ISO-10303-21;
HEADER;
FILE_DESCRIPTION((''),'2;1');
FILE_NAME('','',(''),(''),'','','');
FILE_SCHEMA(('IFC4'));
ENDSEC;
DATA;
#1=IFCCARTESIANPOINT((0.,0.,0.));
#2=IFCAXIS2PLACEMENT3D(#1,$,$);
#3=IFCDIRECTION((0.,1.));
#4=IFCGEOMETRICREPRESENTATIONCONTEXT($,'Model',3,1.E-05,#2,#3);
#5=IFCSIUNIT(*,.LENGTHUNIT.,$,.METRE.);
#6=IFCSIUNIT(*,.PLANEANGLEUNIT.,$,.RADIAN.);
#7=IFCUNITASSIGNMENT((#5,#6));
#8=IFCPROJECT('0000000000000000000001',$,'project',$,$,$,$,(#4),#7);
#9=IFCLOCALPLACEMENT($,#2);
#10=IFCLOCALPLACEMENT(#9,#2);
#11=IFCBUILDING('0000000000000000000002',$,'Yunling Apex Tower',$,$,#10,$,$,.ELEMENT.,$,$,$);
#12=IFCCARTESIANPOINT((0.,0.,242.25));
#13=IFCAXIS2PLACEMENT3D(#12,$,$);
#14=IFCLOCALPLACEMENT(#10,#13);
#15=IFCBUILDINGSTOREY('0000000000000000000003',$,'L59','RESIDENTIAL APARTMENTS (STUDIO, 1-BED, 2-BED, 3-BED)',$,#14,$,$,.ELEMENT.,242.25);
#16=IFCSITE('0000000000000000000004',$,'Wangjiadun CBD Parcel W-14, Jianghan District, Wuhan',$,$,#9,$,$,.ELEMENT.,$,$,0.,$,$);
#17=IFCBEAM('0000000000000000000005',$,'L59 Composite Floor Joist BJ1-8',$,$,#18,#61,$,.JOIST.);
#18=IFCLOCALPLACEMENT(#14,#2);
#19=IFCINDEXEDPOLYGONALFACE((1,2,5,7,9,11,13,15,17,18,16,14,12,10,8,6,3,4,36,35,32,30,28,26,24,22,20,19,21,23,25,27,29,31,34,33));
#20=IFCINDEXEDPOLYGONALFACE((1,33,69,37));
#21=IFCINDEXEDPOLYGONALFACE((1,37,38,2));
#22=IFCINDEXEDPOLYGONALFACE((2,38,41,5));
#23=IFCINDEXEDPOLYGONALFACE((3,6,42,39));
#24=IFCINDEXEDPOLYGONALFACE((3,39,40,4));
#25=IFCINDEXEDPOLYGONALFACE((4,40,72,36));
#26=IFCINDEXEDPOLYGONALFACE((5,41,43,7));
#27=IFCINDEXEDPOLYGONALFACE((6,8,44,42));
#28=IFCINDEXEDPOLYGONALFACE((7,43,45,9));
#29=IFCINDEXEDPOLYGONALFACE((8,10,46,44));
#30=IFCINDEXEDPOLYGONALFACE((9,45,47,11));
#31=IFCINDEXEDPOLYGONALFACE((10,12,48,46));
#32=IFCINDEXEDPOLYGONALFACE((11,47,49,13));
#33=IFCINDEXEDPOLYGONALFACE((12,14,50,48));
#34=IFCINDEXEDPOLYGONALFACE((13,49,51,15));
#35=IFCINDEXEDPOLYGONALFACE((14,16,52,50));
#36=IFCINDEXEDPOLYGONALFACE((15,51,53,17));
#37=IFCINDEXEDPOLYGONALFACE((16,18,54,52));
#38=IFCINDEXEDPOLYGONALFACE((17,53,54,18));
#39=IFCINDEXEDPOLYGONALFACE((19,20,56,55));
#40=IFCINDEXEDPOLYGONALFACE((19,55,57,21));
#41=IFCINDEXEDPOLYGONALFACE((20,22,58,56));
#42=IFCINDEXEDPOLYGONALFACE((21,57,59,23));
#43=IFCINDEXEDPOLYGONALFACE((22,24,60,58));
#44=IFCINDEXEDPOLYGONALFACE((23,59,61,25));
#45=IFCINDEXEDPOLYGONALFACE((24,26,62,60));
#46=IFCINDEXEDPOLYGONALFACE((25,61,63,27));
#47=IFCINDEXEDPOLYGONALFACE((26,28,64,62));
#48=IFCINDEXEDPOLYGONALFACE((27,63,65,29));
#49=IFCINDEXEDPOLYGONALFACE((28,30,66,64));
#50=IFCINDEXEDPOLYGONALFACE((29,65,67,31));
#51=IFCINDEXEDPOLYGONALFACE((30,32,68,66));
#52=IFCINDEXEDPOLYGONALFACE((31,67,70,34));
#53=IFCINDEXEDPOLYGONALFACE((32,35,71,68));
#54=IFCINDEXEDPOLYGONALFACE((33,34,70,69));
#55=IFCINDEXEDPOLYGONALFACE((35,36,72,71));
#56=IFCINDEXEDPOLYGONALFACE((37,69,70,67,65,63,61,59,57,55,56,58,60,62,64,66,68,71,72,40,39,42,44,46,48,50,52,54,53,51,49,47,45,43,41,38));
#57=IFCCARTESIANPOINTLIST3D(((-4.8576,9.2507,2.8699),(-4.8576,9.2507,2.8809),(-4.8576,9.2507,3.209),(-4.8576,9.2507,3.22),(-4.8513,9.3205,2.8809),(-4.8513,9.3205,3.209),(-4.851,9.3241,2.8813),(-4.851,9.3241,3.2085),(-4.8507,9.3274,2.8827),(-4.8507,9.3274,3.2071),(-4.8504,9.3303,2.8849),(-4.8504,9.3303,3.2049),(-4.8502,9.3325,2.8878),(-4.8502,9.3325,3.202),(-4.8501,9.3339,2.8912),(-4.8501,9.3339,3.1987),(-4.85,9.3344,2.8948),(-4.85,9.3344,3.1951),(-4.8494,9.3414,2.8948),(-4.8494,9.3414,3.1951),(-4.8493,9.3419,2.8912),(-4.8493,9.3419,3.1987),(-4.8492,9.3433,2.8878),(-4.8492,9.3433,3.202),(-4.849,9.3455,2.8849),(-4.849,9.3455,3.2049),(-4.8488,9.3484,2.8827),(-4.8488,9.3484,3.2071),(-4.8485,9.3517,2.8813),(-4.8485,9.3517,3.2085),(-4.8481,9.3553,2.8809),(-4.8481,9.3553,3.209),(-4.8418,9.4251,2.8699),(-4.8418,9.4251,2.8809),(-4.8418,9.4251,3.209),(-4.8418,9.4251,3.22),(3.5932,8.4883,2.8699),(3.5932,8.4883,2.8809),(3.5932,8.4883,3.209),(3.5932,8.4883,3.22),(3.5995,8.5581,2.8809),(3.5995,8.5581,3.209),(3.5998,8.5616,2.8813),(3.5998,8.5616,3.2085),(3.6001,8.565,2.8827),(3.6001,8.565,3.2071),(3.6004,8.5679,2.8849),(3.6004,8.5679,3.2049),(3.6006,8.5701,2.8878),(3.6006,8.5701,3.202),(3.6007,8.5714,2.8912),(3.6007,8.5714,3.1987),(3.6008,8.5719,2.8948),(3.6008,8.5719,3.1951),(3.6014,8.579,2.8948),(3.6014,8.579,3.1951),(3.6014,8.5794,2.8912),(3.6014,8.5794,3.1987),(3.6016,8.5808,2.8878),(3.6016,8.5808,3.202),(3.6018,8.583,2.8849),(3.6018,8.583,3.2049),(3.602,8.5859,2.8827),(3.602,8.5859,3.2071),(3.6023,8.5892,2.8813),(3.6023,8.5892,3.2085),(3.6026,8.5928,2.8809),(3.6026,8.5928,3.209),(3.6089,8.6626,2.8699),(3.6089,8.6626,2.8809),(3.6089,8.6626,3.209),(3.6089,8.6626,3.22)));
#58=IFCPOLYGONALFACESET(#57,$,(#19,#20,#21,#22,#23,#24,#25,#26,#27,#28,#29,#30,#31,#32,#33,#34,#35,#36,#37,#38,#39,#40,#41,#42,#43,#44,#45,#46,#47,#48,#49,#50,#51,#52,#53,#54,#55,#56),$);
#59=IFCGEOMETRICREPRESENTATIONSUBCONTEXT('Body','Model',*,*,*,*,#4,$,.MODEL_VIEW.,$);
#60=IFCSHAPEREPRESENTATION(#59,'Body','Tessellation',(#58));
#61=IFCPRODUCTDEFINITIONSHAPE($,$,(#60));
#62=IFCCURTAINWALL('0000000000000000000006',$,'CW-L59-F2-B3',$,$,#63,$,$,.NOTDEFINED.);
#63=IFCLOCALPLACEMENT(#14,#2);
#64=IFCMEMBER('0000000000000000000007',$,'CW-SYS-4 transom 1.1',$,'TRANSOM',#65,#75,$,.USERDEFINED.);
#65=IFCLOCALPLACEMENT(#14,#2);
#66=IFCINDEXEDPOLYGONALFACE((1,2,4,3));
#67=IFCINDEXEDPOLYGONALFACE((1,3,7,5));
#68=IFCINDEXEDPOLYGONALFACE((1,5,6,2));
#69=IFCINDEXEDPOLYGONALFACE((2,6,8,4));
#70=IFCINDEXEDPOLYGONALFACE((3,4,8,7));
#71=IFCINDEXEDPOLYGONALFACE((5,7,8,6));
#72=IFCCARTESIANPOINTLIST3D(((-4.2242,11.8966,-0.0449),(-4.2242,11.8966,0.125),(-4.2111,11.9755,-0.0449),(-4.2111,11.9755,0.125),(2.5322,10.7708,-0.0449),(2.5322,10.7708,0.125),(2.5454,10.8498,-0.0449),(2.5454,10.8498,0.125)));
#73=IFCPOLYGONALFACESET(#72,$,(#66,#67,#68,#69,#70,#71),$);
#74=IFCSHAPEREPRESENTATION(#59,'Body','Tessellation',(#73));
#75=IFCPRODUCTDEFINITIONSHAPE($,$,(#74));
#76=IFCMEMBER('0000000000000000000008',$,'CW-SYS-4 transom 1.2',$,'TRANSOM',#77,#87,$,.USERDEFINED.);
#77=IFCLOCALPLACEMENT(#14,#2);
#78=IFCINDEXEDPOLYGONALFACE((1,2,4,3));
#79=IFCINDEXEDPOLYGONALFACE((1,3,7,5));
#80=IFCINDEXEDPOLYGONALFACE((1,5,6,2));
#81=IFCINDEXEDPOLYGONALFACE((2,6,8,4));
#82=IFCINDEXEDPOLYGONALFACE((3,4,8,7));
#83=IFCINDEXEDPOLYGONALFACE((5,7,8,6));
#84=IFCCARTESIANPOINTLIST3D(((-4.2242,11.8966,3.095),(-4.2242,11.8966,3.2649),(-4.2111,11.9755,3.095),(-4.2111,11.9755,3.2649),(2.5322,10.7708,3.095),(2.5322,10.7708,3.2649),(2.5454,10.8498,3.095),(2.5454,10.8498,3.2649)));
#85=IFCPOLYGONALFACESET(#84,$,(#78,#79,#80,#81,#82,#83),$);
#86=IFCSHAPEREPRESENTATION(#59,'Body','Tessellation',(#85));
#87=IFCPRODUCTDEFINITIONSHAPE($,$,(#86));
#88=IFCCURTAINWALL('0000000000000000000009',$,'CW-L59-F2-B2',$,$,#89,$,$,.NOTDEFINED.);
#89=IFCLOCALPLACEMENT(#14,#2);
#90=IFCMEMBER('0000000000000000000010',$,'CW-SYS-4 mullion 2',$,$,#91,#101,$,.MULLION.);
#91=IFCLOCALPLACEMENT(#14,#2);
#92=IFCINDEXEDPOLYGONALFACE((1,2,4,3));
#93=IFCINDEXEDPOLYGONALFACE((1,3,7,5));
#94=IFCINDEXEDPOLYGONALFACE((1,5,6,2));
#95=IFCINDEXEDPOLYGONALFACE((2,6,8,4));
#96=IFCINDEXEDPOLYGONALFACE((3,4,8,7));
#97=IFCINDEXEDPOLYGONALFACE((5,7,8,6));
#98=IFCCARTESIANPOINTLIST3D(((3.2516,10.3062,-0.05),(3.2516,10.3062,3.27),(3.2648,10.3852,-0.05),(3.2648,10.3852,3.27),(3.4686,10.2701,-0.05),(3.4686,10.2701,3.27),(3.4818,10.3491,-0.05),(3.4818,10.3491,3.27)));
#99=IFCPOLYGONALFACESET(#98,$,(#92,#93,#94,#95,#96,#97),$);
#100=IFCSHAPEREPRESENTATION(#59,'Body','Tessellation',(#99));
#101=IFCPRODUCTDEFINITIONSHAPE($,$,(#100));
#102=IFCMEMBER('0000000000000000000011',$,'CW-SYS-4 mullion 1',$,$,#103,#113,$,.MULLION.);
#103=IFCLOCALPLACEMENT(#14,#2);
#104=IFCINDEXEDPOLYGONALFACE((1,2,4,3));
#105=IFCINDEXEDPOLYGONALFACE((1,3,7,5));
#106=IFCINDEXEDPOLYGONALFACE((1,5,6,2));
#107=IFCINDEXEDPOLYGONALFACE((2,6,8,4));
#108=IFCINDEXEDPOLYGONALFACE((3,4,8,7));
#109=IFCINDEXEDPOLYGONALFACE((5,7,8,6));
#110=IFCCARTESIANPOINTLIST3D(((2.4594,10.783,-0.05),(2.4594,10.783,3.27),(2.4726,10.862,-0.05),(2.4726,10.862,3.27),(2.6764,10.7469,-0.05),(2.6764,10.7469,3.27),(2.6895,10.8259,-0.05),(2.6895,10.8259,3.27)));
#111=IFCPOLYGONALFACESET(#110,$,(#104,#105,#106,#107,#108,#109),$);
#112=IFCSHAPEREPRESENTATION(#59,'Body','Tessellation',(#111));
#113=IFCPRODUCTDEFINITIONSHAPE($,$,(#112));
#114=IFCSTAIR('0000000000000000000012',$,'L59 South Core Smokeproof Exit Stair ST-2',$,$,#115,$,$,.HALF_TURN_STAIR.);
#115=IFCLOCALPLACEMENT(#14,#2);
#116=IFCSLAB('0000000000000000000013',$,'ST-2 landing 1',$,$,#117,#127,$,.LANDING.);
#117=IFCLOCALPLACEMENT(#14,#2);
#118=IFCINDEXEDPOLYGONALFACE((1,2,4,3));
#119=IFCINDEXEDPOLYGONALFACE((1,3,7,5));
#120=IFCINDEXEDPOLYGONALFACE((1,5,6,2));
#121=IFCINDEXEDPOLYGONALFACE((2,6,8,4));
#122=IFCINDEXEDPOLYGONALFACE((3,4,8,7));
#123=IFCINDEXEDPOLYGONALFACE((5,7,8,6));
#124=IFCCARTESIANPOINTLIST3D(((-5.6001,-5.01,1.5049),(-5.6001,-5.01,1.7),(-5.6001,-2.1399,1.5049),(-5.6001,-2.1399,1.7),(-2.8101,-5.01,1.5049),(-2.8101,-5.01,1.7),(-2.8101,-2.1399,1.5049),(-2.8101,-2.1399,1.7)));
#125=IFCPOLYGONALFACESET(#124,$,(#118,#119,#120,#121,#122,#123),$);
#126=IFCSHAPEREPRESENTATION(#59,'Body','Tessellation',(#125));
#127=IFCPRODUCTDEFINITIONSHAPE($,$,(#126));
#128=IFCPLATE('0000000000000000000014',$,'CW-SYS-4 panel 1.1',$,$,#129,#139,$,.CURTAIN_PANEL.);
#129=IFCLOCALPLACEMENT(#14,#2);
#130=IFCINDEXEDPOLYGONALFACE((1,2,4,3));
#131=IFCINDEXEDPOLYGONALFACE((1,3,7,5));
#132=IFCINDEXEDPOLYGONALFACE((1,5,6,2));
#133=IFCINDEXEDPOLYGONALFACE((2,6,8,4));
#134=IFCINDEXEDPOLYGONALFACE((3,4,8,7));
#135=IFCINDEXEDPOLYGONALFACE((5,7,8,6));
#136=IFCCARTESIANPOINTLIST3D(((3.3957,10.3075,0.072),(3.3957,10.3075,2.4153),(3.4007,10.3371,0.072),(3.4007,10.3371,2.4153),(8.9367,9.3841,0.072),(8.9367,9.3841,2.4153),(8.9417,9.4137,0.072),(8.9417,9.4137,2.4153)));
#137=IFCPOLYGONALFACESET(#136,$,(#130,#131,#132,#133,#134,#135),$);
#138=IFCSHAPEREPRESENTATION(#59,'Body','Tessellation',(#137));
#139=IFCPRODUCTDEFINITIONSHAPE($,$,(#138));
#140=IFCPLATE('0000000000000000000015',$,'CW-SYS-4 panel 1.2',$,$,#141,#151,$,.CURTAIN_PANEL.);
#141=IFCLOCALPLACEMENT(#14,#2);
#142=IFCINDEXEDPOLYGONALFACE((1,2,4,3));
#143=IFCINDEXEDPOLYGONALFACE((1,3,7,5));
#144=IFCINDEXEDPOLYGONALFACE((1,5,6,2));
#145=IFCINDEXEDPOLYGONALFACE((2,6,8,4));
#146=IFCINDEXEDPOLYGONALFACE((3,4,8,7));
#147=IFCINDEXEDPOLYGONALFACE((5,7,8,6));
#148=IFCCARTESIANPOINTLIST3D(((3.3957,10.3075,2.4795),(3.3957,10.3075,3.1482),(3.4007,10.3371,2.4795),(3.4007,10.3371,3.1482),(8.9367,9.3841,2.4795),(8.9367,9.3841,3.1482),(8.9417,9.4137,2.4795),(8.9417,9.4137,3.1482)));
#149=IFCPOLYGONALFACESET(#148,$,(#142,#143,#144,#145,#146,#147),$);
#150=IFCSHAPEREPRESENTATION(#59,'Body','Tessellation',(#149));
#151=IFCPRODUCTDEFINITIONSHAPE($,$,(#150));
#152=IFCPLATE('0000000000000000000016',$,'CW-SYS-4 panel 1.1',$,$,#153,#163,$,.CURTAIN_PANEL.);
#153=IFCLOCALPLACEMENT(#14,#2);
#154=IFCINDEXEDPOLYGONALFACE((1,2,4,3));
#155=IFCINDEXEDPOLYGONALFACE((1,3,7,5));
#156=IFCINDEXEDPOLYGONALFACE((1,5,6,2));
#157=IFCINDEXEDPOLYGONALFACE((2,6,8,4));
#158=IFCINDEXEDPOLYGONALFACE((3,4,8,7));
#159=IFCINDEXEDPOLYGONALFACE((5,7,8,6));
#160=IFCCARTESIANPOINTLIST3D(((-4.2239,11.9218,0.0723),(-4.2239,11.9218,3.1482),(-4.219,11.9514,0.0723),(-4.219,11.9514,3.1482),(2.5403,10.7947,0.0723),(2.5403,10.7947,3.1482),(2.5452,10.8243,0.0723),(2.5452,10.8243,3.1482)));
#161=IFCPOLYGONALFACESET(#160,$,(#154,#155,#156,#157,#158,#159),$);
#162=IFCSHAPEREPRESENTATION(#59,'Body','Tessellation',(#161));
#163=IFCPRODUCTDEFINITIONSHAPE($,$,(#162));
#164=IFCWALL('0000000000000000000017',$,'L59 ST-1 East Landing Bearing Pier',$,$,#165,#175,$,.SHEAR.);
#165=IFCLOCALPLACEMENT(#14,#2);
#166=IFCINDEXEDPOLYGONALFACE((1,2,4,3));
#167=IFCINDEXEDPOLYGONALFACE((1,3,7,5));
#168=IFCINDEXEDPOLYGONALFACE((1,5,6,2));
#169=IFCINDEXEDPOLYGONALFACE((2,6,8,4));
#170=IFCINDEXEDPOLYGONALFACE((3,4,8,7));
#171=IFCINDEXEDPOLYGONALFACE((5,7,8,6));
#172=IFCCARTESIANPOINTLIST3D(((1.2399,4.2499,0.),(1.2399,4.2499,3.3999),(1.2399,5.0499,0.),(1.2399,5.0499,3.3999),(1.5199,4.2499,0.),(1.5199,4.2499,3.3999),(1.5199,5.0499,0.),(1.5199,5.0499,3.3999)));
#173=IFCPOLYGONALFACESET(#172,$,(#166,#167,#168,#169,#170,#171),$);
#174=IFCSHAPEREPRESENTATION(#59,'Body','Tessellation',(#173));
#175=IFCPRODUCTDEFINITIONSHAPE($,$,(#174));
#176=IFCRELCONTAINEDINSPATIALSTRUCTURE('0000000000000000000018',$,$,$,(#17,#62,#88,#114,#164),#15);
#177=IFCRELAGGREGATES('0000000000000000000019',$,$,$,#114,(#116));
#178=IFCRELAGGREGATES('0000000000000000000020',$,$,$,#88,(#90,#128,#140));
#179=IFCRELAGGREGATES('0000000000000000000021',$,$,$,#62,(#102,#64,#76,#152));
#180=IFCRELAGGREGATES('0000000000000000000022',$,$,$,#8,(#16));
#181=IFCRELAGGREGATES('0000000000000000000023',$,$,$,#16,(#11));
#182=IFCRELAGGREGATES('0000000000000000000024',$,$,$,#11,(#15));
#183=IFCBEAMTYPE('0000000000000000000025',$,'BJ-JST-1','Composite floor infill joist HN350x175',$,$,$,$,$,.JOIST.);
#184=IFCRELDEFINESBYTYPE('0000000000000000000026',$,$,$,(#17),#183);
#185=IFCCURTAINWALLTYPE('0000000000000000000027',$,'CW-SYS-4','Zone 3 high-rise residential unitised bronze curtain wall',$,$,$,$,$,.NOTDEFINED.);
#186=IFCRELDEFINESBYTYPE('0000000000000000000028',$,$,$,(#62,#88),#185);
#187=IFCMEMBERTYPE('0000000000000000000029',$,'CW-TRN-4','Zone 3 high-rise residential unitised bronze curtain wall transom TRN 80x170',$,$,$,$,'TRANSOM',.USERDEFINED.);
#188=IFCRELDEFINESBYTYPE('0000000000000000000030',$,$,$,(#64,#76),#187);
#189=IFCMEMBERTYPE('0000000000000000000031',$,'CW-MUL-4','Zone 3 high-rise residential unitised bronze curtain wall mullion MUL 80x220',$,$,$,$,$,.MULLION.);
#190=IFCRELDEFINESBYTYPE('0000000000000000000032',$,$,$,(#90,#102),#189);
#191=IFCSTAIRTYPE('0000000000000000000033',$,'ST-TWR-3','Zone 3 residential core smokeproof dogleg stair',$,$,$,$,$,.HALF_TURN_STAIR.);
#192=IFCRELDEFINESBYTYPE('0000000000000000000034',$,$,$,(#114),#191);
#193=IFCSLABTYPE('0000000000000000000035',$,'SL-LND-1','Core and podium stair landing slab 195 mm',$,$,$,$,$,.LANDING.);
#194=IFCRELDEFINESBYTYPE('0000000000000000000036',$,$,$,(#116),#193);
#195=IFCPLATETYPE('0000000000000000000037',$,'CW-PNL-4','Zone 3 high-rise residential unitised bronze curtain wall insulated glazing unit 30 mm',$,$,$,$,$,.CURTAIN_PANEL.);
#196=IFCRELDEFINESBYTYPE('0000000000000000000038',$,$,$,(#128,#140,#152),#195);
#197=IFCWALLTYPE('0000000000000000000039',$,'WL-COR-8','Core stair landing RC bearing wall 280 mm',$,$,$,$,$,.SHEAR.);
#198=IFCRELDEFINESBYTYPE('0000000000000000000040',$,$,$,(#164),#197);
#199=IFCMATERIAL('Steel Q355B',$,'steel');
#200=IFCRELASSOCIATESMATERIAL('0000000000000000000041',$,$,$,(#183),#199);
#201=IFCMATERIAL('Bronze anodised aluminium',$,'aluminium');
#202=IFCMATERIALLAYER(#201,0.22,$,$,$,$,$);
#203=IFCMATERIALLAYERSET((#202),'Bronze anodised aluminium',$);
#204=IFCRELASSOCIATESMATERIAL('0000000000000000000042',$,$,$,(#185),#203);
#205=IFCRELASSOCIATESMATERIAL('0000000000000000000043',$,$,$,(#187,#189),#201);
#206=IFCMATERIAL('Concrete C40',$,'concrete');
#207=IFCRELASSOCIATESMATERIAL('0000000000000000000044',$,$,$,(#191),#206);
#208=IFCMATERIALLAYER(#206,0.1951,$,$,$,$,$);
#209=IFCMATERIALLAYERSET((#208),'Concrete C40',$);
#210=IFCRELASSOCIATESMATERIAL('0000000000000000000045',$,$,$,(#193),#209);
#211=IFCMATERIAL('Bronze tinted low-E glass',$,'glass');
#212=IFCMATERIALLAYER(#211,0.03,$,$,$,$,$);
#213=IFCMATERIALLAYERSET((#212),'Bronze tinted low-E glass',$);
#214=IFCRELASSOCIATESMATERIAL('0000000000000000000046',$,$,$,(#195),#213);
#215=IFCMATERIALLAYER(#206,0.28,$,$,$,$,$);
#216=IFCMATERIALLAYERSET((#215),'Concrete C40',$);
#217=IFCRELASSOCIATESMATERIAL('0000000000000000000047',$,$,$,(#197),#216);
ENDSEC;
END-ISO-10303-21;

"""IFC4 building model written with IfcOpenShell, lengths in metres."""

from ifc_helpers import new_model, si_unit, direction, frame, frame_2d, origin, origin_2d, place, context, subcontext, project, spatial, polyline, rectangle, i_section, outline, extrude, source, transform, mapped, material, layer, layer_set, material_profile, profile_set, type_object, element, aggregate, save


model = new_model("IFC4")

# Units and contexts
model_context = context("Model", 3, precision=1e-05, world=origin(), true_north=direction((0.0, 1.0)))
body_context = subcontext(model_context, "Body", "Model", "MODEL_VIEW")
ifc_project = project(units=[si_unit("LENGTHUNIT", "METRE"), si_unit("PLANEANGLEUNIT", "RADIAN")], contexts=[model_context])

# Site, building, storey
site_placement = place(None, origin())
site = spatial("IfcSite", under=ifc_project, at=site_placement, Name="Wangjiadun CBD Parcel W-14, Jianghan District, Wuhan", CompositionType="ELEMENT", RefElevation=0.0)
building_placement = place(site_placement, origin())
building = spatial("IfcBuilding", under=site, at=building_placement, Name="Yunling Apex Tower", CompositionType="ELEMENT")
storey_placement = place(building_placement, frame((0.0, 0.0, 242.25)))
storey = spatial("IfcBuildingStorey", under=building, at=storey_placement, Name="L59", Description="RESIDENTIAL APARTMENTS (STUDIO, 1-BED, 2-BED, 3-BED)", CompositionType="ELEMENT", Elevation=242.25)

# Beam
ifc_material_1 = material(Name="Steel Q355B", Category="steel")
ifc_material_profile_1 = material_profile(ifc_material_1, i_section(OverallWidth=0.175, OverallDepth=0.3501, WebThickness=0.0071, FlangeThickness=0.011, FilletRadius=0.0139, at=origin_2d()))
ifc_profile_set_1 = profile_set([ifc_material_profile_1], Name="Steel Q355B")
beam_type_1 = type_object("IfcBeamType", Name="BJ-JST-1", Description="Composite floor infill joist HN350x175", PredefinedType="JOIST", material=ifc_profile_set_1)
shared_shape_1 = source(origin(), body_context, "Body", "SweptSolid", [
    extrude(i_section(OverallWidth=0.175, OverallDepth=0.3501, WebThickness=0.0071, FlangeThickness=0.011, FilletRadius=0.0139, at=origin_2d()), origin(), (0.0, 0.0, 1.0), 8.4851),
])
beam_1_placement = place(storey_placement, frame((3.6011, 8.5754, 3.0449), z_axis=(-0.995955, 0.089859, 0.0), x_axis=(-0.089859, -0.995955, 0.0)))
element("IfcBeam", 1, at=beam_1_placement, inside=storey, type_object=beam_type_1, Name="L59 Composite Floor Joist BJ1-8", PredefinedType="JOIST", context=body_context, shape_type="MappedRepresentation", body=[
    mapped(shared_shape_1, transform((0.0, 0.0, 0.0), scale=1.0)),
])

# Curtain wall, members
ifc_material_2 = material(Name="Bronze anodised aluminium", Category="aluminium")
ifc_layer_1 = layer(ifc_material_2, 0.22)
ifc_layer_set_1 = layer_set([ifc_layer_1], Name="Bronze anodised aluminium")
curtain_wall_type = type_object("IfcCurtainWallType", Name="CW-SYS-4", Description="Zone 3 high-rise residential unitised bronze curtain wall", PredefinedType="NOTDEFINED", material=ifc_layer_set_1)
curtain_wall_1_placement = place(storey_placement, origin())
curtain_wall_1 = element("IfcCurtainWall", 2, at=curtain_wall_1_placement, inside=storey, type_object=curtain_wall_type, Name="CW-L59-F2-B3", PredefinedType="NOTDEFINED")
ifc_material_profile_2 = material_profile(ifc_material_2, rectangle(XDim=0.0801, YDim=0.1699, at=origin_2d()))
ifc_profile_set_2 = profile_set([ifc_material_profile_2], Name="Bronze anodised aluminium")
member_type_1 = type_object("IfcMemberType", Name="CW-TRN-4", Description="Zone 3 high-rise residential unitised bronze curtain wall transom TRN 80x170", ElementType="TRANSOM", PredefinedType="USERDEFINED", material=ifc_profile_set_2)
shared_shape_2 = source(origin(), body_context, "Body", "SweptSolid", [
    extrude(rectangle(XDim=0.0801, YDim=0.1699, at=origin_2d()), origin(), (0.0, 0.0, 1.0), 6.8496),
])
member_1_placement = place(storey_placement, frame((2.5388, 10.8103, 0.04), z_axis=(-0.986402, 0.164353, 0.0), x_axis=(-0.164353, -0.986402, 0.0)))
member_1 = element("IfcMember", 3, at=member_1_placement, type_object=member_type_1, Name="CW-SYS-4 transom 1.1", ObjectType="TRANSOM", PredefinedType="USERDEFINED", context=body_context, shape_type="MappedRepresentation", body=[
    mapped(shared_shape_2, transform((0.0, 0.0, 0.0), scale=1.0)),
])
member_2_placement = place(storey_placement, frame((2.5388, 10.8103, 3.1799), z_axis=(-0.986402, 0.164353, 0.0), x_axis=(-0.164353, -0.986402, 0.0)))
member_2 = element("IfcMember", 4, at=member_2_placement, type_object=member_type_1, Name="CW-SYS-4 transom 1.2", ObjectType="TRANSOM", PredefinedType="USERDEFINED", context=body_context, shape_type="MappedRepresentation", body=[
    mapped(shared_shape_2, transform((0.0, 0.0, 0.0), scale=1.0)),
])

# Curtain wall, member
curtain_wall_2_placement = place(storey_placement, origin())
curtain_wall_2 = element("IfcCurtainWall", 5, at=curtain_wall_2_placement, inside=storey, type_object=curtain_wall_type, Name="CW-L59-F2-B2", PredefinedType="NOTDEFINED")
ifc_material_profile_3 = material_profile(ifc_material_2, rectangle(XDim=0.0801, YDim=0.22, at=origin_2d()))
ifc_profile_set_3 = profile_set([ifc_material_profile_3], Name="Bronze anodised aluminium")
member_type_2 = type_object("IfcMemberType", Name="CW-MUL-4", Description="Zone 3 high-rise residential unitised bronze curtain wall mullion MUL 80x220", PredefinedType="MULLION", material=ifc_profile_set_3)
shared_shape_3 = source(origin(), body_context, "Body", "SweptSolid", [
    extrude(rectangle(XDim=0.0801, YDim=0.22, at=origin_2d()), origin(), (0.0, 0.0, 1.0), 3.3201),
])
member_3_placement = place(storey_placement, frame((3.3667, 10.3276, -0.05), z_axis=(0.0, 0.0, 1.0), x_axis=(-0.164371, -0.986399, 0.0)))
member_3 = element("IfcMember", 6, at=member_3_placement, type_object=member_type_2, Name="CW-SYS-4 mullion 2", PredefinedType="MULLION", context=body_context, shape_type="MappedRepresentation", body=[
    mapped(shared_shape_3, transform((0.0, 0.0, 0.0), scale=1.0)),
])

# Member
member_4_placement = place(storey_placement, frame((2.5745, 10.8044, -0.05), z_axis=(0.0, 0.0, 1.0), x_axis=(-0.164353, -0.986402, 0.0)))
member_4 = element("IfcMember", 7, at=member_4_placement, type_object=member_type_2, Name="CW-SYS-4 mullion 1", PredefinedType="MULLION", context=body_context, shape_type="MappedRepresentation", body=[
    mapped(shared_shape_3, transform((0.0, 0.0, 0.0), scale=1.0)),
])

# Stair, slab
ifc_material_3 = material(Name="Concrete C40", Category="concrete")
stair_type = type_object("IfcStairType", Name="ST-TWR-3", Description="Zone 3 residential core smokeproof dogleg stair", PredefinedType="HALF_TURN_STAIR", material=ifc_material_3)
stair_1_placement = place(storey_placement, origin())
stair_1 = element("IfcStair", 8, at=stair_1_placement, inside=storey, type_object=stair_type, Name="L59 South Core Smokeproof Exit Stair ST-2", PredefinedType="HALF_TURN_STAIR")
ifc_layer_2 = layer(ifc_material_3, 0.1951)
ifc_layer_set_2 = layer_set([ifc_layer_2], Name="Concrete C40")
slab_type = type_object("IfcSlabType", Name="SL-LND-1", Description="Core and podium stair landing slab 195 mm", PredefinedType="LANDING", material=ifc_layer_set_2)
slab_placement = place(storey_placement, frame((0.0, 0.0, 1.5049)))
slab = element("IfcSlab", 9, at=slab_placement, type_object=slab_type, Name="ST-2 landing 1", PredefinedType="LANDING", context=body_context, shape_type="SweptSolid", body=[
    extrude(outline(polyline([(-2.8101, -2.1399), (-5.6001, -2.1399), (-5.6001, -5.01), (-2.8101, -5.01), (-2.8101, -2.1399)])), origin(), (0.0, 0.0, 1.0), 0.1951),
])
aggregate(stair_1, [slab])

# Plates
ifc_material_4 = material(Name="Bronze tinted low-E glass", Category="glass")
ifc_layer_3 = layer(ifc_material_4, 0.03)
ifc_layer_set_3 = layer_set([ifc_layer_3], Name="Bronze tinted low-E glass")
plate_type = type_object("IfcPlateType", Name="CW-PNL-4", Description="Zone 3 high-rise residential unitised bronze curtain wall insulated glazing unit 30 mm", PredefinedType="CURTAIN_PANEL", material=ifc_layer_set_3)
shared_shape_4 = source(origin(), body_context, "Body", "SweptSolid", [
    extrude(rectangle(XDim=5.6174, YDim=0.03, at=origin_2d()), origin(), (0.0, 0.0, 1.0), 2.3433),
])
plate_1_placement = place(storey_placement, frame((6.1687, 9.8606, 0.072), z_axis=(0.0, 0.0, 1.0), x_axis=(-0.986399, 0.164371, 0.0)))
plate_1 = element("IfcPlate", 10, at=plate_1_placement, type_object=plate_type, Name="CW-SYS-4 panel 1.1", PredefinedType="CURTAIN_PANEL", context=body_context, shape_type="MappedRepresentation", body=[
    mapped(shared_shape_4, transform((0.0, 0.0, 0.0), scale=1.0)),
])
shared_shape_5 = source(origin(), body_context, "Body", "SweptSolid", [
    extrude(rectangle(XDim=5.6174, YDim=0.03, at=origin_2d()), origin(), (0.0, 0.0, 1.0), 0.6687),
])
plate_2_placement = place(storey_placement, frame((6.1687, 9.8606, 2.4795), z_axis=(0.0, 0.0, 1.0), x_axis=(-0.986399, 0.164371, 0.0)))
plate_2 = element("IfcPlate", 11, at=plate_2_placement, type_object=plate_type, Name="CW-SYS-4 panel 1.2", PredefinedType="CURTAIN_PANEL", context=body_context, shape_type="MappedRepresentation", body=[
    mapped(shared_shape_5, transform((0.0, 0.0, 0.0), scale=1.0)),
])
aggregate(curtain_wall_2, [member_3, plate_1, plate_2])
shared_shape_6 = source(origin(), body_context, "Body", "SweptSolid", [
    extrude(rectangle(XDim=6.8574, YDim=0.03, at=origin_2d()), origin(), (0.0, 0.0, 1.0), 3.0759),
])
plate_3_placement = place(storey_placement, frame((-0.8394, 11.373, 0.0723), z_axis=(0.0, 0.0, 1.0), x_axis=(-0.986402, 0.164353, 0.0)))
plate_3 = element("IfcPlate", 12, at=plate_3_placement, type_object=plate_type, Name="CW-SYS-4 panel 1.1", PredefinedType="CURTAIN_PANEL", context=body_context, shape_type="MappedRepresentation", body=[
    mapped(shared_shape_6, transform((0.0, 0.0, 0.0), scale=1.0)),
])
aggregate(curtain_wall_1, [member_4, member_1, member_2, plate_3])

# Wall
ifc_layer_4 = layer(ifc_material_3, 0.28)
ifc_layer_set_4 = layer_set([ifc_layer_4], Name="Concrete C40")
wall_type_1 = type_object("IfcWallType", Name="WL-COR-8", Description="Core stair landing RC bearing wall 280 mm", PredefinedType="SHEAR", material=ifc_layer_set_4)
wall_1_placement = place(storey_placement, frame((1.3799, 4.25, 0.0), z_axis=(0.0, 0.0, 1.0), x_axis=(0.0, 1.0, 0.0)))
element("IfcWall", 13, at=wall_1_placement, inside=storey, type_object=wall_type_1, Name="L59 ST-1 East Landing Bearing Pier", PredefinedType="SHEAR", context=body_context, shape_type="SweptSolid", body=[
    extrude(rectangle(XDim=0.8, YDim=0.28, at=frame_2d((0.3999, 0.0))), origin(), (0.0, 0.0, 1.0), 3.3999),
])

save(model, "model.ifc")
